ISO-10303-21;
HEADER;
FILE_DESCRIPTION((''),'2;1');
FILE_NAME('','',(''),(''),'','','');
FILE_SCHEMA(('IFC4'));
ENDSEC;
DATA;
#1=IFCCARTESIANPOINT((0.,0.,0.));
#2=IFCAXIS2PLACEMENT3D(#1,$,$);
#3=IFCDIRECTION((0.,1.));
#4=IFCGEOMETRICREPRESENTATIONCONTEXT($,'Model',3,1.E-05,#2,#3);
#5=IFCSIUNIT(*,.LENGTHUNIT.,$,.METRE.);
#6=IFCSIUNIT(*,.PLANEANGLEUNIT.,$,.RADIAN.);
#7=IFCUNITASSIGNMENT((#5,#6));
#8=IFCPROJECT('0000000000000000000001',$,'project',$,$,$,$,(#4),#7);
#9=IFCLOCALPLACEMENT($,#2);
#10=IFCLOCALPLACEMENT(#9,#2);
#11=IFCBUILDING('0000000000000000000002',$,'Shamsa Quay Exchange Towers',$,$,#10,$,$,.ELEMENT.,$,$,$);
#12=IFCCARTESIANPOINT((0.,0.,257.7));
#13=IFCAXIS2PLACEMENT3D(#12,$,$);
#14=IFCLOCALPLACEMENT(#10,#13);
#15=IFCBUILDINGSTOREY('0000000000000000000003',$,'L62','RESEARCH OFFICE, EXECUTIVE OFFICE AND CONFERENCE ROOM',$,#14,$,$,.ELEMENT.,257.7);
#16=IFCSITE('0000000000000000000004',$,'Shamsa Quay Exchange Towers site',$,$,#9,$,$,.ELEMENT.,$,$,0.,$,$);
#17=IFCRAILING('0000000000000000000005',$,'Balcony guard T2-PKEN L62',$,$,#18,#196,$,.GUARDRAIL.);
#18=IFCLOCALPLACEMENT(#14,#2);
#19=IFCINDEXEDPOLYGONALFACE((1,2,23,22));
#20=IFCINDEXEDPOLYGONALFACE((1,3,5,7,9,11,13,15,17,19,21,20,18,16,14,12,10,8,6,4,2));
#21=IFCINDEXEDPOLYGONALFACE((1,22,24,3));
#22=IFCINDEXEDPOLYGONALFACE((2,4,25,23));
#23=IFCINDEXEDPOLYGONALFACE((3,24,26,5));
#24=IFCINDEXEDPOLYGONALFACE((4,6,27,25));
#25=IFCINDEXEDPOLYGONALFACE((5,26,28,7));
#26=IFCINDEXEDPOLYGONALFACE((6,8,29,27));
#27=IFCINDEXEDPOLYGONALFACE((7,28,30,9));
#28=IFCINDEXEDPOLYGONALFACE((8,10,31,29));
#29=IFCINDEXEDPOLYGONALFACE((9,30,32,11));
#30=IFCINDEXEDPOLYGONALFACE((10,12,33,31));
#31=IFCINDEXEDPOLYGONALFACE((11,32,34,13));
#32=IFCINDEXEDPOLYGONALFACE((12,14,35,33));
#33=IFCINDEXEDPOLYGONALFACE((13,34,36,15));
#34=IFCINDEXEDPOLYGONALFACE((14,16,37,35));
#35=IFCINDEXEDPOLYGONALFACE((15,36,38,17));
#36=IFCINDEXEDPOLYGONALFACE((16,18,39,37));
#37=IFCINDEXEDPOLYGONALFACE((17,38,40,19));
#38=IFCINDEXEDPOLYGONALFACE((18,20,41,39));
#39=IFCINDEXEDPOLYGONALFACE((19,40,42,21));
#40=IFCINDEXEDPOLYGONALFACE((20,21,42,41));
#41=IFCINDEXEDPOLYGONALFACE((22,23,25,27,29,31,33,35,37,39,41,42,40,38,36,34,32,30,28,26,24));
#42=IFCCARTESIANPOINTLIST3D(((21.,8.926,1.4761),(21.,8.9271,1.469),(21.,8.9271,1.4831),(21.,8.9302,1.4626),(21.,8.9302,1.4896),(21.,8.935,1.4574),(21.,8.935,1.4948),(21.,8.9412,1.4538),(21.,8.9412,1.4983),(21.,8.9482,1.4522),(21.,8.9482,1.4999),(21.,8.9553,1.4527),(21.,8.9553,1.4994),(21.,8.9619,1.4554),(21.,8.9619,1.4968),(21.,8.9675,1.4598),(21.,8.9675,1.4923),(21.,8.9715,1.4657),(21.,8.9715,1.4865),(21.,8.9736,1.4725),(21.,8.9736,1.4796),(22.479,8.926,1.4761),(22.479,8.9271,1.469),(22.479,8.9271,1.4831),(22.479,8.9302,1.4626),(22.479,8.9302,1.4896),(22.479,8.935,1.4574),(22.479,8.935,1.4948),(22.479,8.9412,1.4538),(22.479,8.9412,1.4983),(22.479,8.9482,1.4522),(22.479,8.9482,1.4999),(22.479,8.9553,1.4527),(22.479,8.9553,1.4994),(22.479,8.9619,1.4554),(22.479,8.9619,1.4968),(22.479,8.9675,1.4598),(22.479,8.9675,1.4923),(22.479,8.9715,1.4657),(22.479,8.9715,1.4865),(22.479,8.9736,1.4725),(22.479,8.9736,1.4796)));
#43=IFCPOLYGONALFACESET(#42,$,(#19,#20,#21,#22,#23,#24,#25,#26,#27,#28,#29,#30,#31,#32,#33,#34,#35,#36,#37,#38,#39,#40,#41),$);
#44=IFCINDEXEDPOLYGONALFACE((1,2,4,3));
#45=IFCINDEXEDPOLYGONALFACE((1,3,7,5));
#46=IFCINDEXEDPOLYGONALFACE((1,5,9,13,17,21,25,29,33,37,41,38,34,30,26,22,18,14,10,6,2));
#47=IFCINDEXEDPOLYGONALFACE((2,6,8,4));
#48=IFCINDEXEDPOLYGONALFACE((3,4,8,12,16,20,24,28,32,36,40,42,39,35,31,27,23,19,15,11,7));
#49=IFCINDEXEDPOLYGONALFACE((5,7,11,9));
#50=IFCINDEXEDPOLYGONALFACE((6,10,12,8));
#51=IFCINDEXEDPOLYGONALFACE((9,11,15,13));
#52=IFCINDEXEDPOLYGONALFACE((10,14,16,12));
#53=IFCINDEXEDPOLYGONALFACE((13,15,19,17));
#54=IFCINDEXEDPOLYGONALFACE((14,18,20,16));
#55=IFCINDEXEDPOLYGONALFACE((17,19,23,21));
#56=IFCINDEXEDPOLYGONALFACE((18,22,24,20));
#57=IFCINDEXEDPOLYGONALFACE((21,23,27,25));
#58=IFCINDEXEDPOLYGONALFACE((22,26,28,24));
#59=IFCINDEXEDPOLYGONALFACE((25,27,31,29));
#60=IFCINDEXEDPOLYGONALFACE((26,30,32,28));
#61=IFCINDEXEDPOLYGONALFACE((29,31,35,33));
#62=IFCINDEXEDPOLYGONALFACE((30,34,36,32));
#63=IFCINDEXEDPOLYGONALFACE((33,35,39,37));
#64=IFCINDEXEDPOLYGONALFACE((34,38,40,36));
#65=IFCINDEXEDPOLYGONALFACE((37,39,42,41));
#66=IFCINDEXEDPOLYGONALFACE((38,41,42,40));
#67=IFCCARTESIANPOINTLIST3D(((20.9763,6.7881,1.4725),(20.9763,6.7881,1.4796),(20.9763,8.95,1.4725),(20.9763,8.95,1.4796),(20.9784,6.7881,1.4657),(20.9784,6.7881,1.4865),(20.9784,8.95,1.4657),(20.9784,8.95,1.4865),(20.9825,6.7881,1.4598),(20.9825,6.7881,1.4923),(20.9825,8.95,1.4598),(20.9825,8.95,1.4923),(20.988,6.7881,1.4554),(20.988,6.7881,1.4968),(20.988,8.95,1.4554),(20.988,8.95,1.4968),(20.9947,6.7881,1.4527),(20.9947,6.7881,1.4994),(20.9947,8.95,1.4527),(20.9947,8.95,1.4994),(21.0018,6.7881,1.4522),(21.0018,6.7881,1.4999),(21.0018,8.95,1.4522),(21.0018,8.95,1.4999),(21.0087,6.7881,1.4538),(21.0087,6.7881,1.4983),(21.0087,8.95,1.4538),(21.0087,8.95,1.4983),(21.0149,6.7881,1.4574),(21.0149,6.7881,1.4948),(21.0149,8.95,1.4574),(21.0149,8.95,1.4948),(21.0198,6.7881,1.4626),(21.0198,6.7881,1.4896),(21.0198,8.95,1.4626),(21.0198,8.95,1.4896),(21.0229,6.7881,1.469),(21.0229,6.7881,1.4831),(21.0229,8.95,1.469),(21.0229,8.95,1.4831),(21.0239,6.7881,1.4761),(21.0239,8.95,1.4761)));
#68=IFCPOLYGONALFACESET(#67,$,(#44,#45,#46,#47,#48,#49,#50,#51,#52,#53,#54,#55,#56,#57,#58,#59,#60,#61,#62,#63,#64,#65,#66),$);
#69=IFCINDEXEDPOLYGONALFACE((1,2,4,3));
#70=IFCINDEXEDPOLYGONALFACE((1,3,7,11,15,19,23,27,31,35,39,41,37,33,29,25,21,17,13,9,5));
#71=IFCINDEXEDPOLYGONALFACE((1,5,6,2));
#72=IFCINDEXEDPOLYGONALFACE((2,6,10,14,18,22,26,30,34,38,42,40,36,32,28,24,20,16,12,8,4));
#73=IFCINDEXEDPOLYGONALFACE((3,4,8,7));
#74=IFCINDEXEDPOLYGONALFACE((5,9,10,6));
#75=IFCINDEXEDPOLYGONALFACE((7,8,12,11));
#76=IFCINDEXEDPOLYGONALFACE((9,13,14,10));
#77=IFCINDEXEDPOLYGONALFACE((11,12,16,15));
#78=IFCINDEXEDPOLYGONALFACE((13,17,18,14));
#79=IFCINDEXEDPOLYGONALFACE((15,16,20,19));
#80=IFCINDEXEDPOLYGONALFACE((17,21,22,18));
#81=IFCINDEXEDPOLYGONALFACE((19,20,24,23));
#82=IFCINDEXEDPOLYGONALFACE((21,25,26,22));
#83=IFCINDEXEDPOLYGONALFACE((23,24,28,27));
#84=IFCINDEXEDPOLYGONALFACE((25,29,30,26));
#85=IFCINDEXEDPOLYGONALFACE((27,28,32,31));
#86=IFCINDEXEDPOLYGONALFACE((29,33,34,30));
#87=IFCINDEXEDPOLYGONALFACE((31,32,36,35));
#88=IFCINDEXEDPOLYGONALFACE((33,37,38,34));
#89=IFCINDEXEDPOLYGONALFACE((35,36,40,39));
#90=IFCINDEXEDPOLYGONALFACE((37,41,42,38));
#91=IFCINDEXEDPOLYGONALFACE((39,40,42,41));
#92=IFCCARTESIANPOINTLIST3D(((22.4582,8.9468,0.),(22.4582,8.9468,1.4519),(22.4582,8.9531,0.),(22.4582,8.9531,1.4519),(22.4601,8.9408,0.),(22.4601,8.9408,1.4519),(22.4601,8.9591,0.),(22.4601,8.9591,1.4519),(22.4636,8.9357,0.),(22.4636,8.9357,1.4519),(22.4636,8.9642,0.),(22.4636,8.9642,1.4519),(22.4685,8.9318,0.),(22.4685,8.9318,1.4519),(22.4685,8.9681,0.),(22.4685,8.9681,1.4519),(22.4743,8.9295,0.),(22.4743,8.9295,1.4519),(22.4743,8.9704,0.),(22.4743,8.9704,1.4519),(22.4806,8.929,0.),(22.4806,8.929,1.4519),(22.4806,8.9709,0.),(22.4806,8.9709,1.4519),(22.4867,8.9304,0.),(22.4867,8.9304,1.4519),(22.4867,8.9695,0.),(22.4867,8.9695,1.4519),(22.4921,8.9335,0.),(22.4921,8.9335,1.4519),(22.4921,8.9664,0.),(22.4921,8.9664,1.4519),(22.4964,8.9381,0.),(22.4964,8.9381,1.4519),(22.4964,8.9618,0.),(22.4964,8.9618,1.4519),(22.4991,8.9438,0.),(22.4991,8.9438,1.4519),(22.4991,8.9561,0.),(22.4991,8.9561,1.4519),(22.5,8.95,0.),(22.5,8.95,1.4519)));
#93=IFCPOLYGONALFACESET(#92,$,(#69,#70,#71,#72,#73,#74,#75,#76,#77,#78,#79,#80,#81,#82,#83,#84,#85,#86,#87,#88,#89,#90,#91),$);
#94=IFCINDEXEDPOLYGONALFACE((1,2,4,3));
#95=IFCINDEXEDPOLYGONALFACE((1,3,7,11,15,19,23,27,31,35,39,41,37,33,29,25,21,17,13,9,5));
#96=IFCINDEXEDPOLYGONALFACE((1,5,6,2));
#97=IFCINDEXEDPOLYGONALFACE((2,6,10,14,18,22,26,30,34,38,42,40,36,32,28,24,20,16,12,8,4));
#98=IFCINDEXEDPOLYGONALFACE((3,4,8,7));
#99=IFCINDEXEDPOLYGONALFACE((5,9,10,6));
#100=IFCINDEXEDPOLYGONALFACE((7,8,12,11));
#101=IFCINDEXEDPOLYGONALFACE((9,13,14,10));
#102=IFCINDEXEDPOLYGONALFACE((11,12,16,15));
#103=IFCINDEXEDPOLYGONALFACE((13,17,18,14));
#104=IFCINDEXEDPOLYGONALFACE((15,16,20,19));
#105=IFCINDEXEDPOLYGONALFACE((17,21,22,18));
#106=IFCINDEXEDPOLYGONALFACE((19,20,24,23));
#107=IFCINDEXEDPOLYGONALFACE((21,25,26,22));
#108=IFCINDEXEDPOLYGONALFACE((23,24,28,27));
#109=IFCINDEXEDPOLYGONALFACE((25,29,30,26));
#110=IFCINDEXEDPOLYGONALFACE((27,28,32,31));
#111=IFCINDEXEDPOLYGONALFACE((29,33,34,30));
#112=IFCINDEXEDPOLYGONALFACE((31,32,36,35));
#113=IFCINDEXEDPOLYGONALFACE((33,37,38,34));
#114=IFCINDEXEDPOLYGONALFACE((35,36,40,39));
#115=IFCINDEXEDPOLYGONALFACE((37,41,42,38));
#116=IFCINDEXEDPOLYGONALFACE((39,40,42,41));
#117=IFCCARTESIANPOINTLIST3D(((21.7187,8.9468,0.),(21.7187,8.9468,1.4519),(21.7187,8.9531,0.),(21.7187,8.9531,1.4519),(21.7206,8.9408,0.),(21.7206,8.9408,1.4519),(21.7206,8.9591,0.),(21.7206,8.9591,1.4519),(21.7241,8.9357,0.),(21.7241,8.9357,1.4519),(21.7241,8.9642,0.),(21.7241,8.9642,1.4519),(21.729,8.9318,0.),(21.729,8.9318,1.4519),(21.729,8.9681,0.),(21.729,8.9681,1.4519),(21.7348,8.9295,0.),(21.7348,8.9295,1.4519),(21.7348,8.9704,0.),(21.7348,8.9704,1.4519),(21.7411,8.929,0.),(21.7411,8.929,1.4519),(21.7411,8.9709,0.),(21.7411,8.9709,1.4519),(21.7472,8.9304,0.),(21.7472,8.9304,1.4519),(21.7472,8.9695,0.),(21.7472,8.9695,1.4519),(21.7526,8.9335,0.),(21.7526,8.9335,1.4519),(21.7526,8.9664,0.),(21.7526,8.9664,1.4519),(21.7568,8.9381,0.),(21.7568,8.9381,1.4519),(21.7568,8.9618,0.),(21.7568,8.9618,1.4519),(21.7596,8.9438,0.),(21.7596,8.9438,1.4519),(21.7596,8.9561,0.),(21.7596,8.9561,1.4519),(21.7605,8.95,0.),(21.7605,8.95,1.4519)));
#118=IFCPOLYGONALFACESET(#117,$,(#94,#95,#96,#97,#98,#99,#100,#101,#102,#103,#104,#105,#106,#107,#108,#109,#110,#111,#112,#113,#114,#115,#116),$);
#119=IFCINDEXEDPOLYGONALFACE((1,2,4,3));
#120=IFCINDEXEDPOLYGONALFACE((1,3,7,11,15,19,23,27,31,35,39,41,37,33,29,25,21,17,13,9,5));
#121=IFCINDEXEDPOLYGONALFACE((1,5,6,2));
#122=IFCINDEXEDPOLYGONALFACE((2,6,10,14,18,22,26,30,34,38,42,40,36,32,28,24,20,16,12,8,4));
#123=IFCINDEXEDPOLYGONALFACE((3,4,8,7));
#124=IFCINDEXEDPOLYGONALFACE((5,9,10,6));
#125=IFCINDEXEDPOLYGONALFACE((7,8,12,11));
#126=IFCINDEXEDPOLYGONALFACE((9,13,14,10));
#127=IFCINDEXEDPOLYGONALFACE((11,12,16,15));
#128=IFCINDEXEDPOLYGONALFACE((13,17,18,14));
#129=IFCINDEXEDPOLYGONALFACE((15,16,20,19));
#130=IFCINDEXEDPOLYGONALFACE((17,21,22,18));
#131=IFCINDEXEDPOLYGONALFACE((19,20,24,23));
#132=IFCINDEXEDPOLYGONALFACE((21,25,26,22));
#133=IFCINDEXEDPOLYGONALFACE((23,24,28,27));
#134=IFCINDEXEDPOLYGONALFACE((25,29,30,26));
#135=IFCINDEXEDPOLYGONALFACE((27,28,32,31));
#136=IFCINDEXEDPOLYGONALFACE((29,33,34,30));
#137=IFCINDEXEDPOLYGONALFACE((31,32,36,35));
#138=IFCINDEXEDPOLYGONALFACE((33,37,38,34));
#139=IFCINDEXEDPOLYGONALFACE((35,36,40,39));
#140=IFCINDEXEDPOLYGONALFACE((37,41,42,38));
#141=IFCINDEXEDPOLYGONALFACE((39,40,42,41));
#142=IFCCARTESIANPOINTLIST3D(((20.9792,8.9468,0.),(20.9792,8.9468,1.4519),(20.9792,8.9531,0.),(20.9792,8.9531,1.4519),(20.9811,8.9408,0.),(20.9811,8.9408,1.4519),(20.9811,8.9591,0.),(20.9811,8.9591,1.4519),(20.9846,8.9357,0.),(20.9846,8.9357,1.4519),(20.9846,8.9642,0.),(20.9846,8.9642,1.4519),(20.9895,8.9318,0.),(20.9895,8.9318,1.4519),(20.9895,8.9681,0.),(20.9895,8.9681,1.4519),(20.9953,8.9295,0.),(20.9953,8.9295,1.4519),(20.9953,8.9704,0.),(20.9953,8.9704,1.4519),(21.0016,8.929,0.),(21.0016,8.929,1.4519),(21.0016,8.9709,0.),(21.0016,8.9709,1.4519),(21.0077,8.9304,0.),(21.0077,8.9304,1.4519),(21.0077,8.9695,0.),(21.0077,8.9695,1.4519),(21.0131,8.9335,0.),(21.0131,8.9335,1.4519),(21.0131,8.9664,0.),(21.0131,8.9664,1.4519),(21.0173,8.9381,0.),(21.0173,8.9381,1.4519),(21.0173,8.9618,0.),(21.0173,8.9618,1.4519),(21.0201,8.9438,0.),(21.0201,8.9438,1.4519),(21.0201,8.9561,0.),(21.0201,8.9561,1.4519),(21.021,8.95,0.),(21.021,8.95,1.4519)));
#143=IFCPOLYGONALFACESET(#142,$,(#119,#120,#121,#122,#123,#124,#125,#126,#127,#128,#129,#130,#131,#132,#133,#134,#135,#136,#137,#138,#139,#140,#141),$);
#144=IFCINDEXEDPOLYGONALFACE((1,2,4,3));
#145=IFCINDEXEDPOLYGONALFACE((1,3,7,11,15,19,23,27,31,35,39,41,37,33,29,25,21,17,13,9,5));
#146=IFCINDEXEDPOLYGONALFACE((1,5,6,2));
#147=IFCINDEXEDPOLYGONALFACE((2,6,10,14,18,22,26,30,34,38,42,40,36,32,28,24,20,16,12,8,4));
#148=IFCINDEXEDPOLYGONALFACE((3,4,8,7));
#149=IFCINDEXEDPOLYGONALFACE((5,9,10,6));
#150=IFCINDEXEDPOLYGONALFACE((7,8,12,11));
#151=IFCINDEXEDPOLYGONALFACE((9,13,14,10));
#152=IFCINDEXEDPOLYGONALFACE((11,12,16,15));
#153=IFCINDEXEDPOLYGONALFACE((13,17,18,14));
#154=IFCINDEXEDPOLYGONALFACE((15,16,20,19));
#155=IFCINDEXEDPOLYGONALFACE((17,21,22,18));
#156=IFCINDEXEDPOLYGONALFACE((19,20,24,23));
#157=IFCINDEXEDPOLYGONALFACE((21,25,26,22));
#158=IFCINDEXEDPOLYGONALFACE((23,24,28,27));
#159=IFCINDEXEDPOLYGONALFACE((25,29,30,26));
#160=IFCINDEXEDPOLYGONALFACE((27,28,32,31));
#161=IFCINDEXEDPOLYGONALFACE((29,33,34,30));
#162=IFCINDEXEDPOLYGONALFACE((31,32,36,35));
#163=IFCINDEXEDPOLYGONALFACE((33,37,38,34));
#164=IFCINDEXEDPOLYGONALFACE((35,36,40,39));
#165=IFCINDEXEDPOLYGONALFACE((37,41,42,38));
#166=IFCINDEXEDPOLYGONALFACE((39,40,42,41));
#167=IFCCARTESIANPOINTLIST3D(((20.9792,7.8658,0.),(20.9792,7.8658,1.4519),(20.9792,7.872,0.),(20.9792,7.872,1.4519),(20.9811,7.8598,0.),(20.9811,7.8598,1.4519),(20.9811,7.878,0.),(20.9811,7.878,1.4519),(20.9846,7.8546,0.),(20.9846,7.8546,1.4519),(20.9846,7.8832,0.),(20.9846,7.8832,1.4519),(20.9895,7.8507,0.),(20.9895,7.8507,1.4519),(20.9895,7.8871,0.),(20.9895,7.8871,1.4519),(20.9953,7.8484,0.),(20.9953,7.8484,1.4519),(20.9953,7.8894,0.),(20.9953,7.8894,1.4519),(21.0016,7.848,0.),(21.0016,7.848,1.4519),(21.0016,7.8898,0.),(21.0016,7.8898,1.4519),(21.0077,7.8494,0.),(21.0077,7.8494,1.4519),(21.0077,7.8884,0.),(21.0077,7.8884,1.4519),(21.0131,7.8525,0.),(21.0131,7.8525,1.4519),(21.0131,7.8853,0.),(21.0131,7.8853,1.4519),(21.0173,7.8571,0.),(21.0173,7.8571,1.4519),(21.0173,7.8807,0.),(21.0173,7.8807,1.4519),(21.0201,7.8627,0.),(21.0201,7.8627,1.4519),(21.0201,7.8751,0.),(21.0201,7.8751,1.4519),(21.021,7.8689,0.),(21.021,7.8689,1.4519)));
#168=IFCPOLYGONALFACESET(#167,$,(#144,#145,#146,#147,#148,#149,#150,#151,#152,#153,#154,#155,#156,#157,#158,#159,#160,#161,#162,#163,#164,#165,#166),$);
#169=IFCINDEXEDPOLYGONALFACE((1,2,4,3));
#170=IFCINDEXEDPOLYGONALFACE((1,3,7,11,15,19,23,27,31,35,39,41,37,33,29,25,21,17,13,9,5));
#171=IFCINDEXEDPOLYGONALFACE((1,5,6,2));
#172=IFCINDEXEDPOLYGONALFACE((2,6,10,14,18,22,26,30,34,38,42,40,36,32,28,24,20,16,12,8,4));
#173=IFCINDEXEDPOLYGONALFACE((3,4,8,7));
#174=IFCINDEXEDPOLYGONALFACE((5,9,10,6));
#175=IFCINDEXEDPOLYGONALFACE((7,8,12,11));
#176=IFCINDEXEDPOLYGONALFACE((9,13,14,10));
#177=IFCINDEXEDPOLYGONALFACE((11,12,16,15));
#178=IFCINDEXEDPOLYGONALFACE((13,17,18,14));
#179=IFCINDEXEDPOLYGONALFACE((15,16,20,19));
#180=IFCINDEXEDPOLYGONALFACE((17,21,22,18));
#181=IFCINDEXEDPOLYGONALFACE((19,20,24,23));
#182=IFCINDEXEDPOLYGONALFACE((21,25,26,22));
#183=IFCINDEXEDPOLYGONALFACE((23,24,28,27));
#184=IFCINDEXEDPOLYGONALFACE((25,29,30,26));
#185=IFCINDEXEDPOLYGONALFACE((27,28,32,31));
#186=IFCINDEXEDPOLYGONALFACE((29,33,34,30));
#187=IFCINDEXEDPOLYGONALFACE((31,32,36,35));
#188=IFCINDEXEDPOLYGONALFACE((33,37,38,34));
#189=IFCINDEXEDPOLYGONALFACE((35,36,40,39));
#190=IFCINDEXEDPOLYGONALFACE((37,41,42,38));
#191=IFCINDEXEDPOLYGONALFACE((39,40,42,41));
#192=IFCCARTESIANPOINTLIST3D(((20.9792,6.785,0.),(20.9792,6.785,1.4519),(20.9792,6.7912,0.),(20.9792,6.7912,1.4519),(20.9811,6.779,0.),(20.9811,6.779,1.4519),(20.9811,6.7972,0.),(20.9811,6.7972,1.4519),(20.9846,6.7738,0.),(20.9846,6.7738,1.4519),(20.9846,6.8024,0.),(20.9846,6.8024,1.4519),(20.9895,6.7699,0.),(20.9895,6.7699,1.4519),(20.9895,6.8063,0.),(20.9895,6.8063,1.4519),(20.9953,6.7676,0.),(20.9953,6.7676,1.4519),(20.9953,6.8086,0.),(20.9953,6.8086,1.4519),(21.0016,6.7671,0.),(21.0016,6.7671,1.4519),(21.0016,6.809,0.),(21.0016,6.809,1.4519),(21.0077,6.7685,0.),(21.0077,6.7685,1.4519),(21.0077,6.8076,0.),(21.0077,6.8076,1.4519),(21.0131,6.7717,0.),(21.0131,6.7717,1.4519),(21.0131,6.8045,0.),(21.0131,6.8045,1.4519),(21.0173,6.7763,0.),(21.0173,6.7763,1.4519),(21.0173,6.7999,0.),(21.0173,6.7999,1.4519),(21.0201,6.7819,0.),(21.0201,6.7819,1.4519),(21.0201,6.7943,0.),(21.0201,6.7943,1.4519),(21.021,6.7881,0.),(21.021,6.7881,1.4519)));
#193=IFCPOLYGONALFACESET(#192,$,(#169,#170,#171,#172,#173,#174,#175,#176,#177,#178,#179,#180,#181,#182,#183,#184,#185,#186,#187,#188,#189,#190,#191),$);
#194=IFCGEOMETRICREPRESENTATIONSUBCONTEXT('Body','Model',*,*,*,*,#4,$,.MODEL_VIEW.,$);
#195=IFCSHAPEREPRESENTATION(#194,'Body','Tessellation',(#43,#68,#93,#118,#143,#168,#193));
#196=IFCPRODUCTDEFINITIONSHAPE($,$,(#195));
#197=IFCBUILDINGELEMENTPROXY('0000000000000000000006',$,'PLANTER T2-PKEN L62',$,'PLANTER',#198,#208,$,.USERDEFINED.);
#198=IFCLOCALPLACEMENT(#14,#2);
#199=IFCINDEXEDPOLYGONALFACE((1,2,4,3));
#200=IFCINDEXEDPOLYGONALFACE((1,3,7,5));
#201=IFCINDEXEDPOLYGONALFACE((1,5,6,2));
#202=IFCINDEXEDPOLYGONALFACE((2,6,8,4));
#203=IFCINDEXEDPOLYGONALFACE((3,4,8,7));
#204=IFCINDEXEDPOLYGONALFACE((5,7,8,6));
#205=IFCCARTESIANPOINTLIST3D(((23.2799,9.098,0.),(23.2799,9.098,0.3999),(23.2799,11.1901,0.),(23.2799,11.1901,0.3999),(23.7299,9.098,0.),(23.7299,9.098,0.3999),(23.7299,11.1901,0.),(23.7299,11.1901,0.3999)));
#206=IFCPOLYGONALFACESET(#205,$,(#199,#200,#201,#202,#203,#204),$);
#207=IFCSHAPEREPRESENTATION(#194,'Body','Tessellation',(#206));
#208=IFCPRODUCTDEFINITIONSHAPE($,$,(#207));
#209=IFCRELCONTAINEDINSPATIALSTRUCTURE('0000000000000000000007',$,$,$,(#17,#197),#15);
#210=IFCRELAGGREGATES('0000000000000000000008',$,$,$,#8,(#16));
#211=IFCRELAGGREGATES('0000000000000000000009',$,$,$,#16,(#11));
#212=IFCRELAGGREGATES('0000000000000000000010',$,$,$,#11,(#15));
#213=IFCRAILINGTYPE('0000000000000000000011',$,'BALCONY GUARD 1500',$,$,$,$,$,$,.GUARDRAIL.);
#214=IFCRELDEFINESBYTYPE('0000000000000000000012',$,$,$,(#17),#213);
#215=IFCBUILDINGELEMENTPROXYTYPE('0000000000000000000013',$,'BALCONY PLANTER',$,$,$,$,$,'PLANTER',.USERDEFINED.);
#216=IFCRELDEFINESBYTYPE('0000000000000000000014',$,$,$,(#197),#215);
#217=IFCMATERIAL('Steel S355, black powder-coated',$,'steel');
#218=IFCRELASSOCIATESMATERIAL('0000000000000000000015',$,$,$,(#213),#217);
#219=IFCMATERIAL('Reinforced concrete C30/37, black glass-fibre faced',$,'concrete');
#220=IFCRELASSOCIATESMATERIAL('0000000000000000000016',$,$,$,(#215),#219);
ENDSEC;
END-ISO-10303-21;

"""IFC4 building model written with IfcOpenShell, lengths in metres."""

from ifc_helpers import new_model, si_unit, direction, frame, origin, origin_2d, place, context, subcontext, project, spatial, rectangle, circle, extrude, material, type_object, element, save


model = new_model("IFC4")

# Units and contexts
model_context = context("Model", 3, precision=1e-05, world=origin(), true_north=direction((0.0, 1.0)))
body_context = subcontext(model_context, "Body", "Model", "MODEL_VIEW")
ifc_project = project(units=[si_unit("LENGTHUNIT", "METRE"), si_unit("PLANEANGLEUNIT", "RADIAN")], contexts=[model_context])

# Site, building, storey
site_placement = place(None, origin())
site = spatial("IfcSite", under=ifc_project, at=site_placement, Name="Shamsa Quay Exchange Towers site", CompositionType="ELEMENT", RefElevation=0.0)
building_placement = place(site_placement, origin())
building = spatial("IfcBuilding", under=site, at=building_placement, Name="Shamsa Quay Exchange Towers", CompositionType="ELEMENT")
storey_placement = place(building_placement, frame((0.0, 0.0, 257.7)))
storey = spatial("IfcBuildingStorey", under=building, at=storey_placement, Name="L62", Description="RESEARCH OFFICE, EXECUTIVE OFFICE AND CONFERENCE ROOM", CompositionType="ELEMENT", Elevation=257.7)

# Railing
ifc_material_1 = material(Name="Steel S355, black powder-coated", Category="steel")
railing_type = type_object("IfcRailingType", Name="BALCONY GUARD 1500", PredefinedType="GUARDRAIL", material=ifc_material_1)
for number, where, name in (
    (1, (22.479, 8.95, 0.0), "Balcony guard T2-PKEN L62"),
):
    element("IfcRailing", number, at=place(storey_placement, frame(where)), inside=storey, type_object=railing_type, Name=name, PredefinedType="GUARDRAIL", context=body_context, shape_type="SweptSolid", body=[
        extrude(circle(Radius=0.0239, at=origin_2d()), frame((0.0, 0.0, 1.4761), z_axis=(-1.0, 0.0, 0.0), x_axis=(0.0, -1.0, 0.0)), (0.0, 0.0, 1.0), 1.479),
        extrude(circle(Radius=0.0239, at=origin_2d()), frame((-1.479, 0.0, 1.4761), z_axis=(0.0, -1.0, 0.0), x_axis=(1.0, 0.0, 0.0)), (0.0, 0.0, 1.0), 2.1619),
        extrude(circle(Radius=0.021, at=origin_2d()), origin(), (0.0, 0.0, 1.0), 1.4519),
        extrude(circle(Radius=0.021, at=origin_2d()), frame((-0.7395, 0.0, 0.0)), (0.0, 0.0, 1.0), 1.4519),
        extrude(circle(Radius=0.021, at=origin_2d()), frame((-1.479, 0.0, 0.0)), (0.0, 0.0, 1.0), 1.4519),
        extrude(circle(Radius=0.021, at=origin_2d()), frame((-1.479, -1.0811, 0.0)), (0.0, 0.0, 1.0), 1.4519),
        extrude(circle(Radius=0.021, at=origin_2d()), frame((-1.479, -2.1619, 0.0)), (0.0, 0.0, 1.0), 1.4519),
    ])

# Building element proxy
ifc_material_2 = material(Name="Reinforced concrete C30/37, black glass-fibre faced", Category="concrete")
building_element_proxy_type = type_object("IfcBuildingElementProxyType", Name="BALCONY PLANTER", ElementType="PLANTER", PredefinedType="USERDEFINED", material=ifc_material_2)
for number, where, z_axis, x_axis, name in (
    (2, (23.5049, 10.144, 0.0), (0.0, 0.0, 1.0), (0.0, -1.0, 0.0), "PLANTER T2-PKEN L62"),
):
    element("IfcBuildingElementProxy", number, at=place(storey_placement, frame(where, z_axis=z_axis, x_axis=x_axis)), inside=storey, type_object=building_element_proxy_type, Name=name, ObjectType="PLANTER", PredefinedType="USERDEFINED", context=body_context, shape_type="SweptSolid", body=[
        extrude(rectangle(XDim=2.092, YDim=0.45, at=origin_2d()), origin(), (0.0, 0.0, 1.0), 0.3999),
    ])

save(model, "model.ifc")
